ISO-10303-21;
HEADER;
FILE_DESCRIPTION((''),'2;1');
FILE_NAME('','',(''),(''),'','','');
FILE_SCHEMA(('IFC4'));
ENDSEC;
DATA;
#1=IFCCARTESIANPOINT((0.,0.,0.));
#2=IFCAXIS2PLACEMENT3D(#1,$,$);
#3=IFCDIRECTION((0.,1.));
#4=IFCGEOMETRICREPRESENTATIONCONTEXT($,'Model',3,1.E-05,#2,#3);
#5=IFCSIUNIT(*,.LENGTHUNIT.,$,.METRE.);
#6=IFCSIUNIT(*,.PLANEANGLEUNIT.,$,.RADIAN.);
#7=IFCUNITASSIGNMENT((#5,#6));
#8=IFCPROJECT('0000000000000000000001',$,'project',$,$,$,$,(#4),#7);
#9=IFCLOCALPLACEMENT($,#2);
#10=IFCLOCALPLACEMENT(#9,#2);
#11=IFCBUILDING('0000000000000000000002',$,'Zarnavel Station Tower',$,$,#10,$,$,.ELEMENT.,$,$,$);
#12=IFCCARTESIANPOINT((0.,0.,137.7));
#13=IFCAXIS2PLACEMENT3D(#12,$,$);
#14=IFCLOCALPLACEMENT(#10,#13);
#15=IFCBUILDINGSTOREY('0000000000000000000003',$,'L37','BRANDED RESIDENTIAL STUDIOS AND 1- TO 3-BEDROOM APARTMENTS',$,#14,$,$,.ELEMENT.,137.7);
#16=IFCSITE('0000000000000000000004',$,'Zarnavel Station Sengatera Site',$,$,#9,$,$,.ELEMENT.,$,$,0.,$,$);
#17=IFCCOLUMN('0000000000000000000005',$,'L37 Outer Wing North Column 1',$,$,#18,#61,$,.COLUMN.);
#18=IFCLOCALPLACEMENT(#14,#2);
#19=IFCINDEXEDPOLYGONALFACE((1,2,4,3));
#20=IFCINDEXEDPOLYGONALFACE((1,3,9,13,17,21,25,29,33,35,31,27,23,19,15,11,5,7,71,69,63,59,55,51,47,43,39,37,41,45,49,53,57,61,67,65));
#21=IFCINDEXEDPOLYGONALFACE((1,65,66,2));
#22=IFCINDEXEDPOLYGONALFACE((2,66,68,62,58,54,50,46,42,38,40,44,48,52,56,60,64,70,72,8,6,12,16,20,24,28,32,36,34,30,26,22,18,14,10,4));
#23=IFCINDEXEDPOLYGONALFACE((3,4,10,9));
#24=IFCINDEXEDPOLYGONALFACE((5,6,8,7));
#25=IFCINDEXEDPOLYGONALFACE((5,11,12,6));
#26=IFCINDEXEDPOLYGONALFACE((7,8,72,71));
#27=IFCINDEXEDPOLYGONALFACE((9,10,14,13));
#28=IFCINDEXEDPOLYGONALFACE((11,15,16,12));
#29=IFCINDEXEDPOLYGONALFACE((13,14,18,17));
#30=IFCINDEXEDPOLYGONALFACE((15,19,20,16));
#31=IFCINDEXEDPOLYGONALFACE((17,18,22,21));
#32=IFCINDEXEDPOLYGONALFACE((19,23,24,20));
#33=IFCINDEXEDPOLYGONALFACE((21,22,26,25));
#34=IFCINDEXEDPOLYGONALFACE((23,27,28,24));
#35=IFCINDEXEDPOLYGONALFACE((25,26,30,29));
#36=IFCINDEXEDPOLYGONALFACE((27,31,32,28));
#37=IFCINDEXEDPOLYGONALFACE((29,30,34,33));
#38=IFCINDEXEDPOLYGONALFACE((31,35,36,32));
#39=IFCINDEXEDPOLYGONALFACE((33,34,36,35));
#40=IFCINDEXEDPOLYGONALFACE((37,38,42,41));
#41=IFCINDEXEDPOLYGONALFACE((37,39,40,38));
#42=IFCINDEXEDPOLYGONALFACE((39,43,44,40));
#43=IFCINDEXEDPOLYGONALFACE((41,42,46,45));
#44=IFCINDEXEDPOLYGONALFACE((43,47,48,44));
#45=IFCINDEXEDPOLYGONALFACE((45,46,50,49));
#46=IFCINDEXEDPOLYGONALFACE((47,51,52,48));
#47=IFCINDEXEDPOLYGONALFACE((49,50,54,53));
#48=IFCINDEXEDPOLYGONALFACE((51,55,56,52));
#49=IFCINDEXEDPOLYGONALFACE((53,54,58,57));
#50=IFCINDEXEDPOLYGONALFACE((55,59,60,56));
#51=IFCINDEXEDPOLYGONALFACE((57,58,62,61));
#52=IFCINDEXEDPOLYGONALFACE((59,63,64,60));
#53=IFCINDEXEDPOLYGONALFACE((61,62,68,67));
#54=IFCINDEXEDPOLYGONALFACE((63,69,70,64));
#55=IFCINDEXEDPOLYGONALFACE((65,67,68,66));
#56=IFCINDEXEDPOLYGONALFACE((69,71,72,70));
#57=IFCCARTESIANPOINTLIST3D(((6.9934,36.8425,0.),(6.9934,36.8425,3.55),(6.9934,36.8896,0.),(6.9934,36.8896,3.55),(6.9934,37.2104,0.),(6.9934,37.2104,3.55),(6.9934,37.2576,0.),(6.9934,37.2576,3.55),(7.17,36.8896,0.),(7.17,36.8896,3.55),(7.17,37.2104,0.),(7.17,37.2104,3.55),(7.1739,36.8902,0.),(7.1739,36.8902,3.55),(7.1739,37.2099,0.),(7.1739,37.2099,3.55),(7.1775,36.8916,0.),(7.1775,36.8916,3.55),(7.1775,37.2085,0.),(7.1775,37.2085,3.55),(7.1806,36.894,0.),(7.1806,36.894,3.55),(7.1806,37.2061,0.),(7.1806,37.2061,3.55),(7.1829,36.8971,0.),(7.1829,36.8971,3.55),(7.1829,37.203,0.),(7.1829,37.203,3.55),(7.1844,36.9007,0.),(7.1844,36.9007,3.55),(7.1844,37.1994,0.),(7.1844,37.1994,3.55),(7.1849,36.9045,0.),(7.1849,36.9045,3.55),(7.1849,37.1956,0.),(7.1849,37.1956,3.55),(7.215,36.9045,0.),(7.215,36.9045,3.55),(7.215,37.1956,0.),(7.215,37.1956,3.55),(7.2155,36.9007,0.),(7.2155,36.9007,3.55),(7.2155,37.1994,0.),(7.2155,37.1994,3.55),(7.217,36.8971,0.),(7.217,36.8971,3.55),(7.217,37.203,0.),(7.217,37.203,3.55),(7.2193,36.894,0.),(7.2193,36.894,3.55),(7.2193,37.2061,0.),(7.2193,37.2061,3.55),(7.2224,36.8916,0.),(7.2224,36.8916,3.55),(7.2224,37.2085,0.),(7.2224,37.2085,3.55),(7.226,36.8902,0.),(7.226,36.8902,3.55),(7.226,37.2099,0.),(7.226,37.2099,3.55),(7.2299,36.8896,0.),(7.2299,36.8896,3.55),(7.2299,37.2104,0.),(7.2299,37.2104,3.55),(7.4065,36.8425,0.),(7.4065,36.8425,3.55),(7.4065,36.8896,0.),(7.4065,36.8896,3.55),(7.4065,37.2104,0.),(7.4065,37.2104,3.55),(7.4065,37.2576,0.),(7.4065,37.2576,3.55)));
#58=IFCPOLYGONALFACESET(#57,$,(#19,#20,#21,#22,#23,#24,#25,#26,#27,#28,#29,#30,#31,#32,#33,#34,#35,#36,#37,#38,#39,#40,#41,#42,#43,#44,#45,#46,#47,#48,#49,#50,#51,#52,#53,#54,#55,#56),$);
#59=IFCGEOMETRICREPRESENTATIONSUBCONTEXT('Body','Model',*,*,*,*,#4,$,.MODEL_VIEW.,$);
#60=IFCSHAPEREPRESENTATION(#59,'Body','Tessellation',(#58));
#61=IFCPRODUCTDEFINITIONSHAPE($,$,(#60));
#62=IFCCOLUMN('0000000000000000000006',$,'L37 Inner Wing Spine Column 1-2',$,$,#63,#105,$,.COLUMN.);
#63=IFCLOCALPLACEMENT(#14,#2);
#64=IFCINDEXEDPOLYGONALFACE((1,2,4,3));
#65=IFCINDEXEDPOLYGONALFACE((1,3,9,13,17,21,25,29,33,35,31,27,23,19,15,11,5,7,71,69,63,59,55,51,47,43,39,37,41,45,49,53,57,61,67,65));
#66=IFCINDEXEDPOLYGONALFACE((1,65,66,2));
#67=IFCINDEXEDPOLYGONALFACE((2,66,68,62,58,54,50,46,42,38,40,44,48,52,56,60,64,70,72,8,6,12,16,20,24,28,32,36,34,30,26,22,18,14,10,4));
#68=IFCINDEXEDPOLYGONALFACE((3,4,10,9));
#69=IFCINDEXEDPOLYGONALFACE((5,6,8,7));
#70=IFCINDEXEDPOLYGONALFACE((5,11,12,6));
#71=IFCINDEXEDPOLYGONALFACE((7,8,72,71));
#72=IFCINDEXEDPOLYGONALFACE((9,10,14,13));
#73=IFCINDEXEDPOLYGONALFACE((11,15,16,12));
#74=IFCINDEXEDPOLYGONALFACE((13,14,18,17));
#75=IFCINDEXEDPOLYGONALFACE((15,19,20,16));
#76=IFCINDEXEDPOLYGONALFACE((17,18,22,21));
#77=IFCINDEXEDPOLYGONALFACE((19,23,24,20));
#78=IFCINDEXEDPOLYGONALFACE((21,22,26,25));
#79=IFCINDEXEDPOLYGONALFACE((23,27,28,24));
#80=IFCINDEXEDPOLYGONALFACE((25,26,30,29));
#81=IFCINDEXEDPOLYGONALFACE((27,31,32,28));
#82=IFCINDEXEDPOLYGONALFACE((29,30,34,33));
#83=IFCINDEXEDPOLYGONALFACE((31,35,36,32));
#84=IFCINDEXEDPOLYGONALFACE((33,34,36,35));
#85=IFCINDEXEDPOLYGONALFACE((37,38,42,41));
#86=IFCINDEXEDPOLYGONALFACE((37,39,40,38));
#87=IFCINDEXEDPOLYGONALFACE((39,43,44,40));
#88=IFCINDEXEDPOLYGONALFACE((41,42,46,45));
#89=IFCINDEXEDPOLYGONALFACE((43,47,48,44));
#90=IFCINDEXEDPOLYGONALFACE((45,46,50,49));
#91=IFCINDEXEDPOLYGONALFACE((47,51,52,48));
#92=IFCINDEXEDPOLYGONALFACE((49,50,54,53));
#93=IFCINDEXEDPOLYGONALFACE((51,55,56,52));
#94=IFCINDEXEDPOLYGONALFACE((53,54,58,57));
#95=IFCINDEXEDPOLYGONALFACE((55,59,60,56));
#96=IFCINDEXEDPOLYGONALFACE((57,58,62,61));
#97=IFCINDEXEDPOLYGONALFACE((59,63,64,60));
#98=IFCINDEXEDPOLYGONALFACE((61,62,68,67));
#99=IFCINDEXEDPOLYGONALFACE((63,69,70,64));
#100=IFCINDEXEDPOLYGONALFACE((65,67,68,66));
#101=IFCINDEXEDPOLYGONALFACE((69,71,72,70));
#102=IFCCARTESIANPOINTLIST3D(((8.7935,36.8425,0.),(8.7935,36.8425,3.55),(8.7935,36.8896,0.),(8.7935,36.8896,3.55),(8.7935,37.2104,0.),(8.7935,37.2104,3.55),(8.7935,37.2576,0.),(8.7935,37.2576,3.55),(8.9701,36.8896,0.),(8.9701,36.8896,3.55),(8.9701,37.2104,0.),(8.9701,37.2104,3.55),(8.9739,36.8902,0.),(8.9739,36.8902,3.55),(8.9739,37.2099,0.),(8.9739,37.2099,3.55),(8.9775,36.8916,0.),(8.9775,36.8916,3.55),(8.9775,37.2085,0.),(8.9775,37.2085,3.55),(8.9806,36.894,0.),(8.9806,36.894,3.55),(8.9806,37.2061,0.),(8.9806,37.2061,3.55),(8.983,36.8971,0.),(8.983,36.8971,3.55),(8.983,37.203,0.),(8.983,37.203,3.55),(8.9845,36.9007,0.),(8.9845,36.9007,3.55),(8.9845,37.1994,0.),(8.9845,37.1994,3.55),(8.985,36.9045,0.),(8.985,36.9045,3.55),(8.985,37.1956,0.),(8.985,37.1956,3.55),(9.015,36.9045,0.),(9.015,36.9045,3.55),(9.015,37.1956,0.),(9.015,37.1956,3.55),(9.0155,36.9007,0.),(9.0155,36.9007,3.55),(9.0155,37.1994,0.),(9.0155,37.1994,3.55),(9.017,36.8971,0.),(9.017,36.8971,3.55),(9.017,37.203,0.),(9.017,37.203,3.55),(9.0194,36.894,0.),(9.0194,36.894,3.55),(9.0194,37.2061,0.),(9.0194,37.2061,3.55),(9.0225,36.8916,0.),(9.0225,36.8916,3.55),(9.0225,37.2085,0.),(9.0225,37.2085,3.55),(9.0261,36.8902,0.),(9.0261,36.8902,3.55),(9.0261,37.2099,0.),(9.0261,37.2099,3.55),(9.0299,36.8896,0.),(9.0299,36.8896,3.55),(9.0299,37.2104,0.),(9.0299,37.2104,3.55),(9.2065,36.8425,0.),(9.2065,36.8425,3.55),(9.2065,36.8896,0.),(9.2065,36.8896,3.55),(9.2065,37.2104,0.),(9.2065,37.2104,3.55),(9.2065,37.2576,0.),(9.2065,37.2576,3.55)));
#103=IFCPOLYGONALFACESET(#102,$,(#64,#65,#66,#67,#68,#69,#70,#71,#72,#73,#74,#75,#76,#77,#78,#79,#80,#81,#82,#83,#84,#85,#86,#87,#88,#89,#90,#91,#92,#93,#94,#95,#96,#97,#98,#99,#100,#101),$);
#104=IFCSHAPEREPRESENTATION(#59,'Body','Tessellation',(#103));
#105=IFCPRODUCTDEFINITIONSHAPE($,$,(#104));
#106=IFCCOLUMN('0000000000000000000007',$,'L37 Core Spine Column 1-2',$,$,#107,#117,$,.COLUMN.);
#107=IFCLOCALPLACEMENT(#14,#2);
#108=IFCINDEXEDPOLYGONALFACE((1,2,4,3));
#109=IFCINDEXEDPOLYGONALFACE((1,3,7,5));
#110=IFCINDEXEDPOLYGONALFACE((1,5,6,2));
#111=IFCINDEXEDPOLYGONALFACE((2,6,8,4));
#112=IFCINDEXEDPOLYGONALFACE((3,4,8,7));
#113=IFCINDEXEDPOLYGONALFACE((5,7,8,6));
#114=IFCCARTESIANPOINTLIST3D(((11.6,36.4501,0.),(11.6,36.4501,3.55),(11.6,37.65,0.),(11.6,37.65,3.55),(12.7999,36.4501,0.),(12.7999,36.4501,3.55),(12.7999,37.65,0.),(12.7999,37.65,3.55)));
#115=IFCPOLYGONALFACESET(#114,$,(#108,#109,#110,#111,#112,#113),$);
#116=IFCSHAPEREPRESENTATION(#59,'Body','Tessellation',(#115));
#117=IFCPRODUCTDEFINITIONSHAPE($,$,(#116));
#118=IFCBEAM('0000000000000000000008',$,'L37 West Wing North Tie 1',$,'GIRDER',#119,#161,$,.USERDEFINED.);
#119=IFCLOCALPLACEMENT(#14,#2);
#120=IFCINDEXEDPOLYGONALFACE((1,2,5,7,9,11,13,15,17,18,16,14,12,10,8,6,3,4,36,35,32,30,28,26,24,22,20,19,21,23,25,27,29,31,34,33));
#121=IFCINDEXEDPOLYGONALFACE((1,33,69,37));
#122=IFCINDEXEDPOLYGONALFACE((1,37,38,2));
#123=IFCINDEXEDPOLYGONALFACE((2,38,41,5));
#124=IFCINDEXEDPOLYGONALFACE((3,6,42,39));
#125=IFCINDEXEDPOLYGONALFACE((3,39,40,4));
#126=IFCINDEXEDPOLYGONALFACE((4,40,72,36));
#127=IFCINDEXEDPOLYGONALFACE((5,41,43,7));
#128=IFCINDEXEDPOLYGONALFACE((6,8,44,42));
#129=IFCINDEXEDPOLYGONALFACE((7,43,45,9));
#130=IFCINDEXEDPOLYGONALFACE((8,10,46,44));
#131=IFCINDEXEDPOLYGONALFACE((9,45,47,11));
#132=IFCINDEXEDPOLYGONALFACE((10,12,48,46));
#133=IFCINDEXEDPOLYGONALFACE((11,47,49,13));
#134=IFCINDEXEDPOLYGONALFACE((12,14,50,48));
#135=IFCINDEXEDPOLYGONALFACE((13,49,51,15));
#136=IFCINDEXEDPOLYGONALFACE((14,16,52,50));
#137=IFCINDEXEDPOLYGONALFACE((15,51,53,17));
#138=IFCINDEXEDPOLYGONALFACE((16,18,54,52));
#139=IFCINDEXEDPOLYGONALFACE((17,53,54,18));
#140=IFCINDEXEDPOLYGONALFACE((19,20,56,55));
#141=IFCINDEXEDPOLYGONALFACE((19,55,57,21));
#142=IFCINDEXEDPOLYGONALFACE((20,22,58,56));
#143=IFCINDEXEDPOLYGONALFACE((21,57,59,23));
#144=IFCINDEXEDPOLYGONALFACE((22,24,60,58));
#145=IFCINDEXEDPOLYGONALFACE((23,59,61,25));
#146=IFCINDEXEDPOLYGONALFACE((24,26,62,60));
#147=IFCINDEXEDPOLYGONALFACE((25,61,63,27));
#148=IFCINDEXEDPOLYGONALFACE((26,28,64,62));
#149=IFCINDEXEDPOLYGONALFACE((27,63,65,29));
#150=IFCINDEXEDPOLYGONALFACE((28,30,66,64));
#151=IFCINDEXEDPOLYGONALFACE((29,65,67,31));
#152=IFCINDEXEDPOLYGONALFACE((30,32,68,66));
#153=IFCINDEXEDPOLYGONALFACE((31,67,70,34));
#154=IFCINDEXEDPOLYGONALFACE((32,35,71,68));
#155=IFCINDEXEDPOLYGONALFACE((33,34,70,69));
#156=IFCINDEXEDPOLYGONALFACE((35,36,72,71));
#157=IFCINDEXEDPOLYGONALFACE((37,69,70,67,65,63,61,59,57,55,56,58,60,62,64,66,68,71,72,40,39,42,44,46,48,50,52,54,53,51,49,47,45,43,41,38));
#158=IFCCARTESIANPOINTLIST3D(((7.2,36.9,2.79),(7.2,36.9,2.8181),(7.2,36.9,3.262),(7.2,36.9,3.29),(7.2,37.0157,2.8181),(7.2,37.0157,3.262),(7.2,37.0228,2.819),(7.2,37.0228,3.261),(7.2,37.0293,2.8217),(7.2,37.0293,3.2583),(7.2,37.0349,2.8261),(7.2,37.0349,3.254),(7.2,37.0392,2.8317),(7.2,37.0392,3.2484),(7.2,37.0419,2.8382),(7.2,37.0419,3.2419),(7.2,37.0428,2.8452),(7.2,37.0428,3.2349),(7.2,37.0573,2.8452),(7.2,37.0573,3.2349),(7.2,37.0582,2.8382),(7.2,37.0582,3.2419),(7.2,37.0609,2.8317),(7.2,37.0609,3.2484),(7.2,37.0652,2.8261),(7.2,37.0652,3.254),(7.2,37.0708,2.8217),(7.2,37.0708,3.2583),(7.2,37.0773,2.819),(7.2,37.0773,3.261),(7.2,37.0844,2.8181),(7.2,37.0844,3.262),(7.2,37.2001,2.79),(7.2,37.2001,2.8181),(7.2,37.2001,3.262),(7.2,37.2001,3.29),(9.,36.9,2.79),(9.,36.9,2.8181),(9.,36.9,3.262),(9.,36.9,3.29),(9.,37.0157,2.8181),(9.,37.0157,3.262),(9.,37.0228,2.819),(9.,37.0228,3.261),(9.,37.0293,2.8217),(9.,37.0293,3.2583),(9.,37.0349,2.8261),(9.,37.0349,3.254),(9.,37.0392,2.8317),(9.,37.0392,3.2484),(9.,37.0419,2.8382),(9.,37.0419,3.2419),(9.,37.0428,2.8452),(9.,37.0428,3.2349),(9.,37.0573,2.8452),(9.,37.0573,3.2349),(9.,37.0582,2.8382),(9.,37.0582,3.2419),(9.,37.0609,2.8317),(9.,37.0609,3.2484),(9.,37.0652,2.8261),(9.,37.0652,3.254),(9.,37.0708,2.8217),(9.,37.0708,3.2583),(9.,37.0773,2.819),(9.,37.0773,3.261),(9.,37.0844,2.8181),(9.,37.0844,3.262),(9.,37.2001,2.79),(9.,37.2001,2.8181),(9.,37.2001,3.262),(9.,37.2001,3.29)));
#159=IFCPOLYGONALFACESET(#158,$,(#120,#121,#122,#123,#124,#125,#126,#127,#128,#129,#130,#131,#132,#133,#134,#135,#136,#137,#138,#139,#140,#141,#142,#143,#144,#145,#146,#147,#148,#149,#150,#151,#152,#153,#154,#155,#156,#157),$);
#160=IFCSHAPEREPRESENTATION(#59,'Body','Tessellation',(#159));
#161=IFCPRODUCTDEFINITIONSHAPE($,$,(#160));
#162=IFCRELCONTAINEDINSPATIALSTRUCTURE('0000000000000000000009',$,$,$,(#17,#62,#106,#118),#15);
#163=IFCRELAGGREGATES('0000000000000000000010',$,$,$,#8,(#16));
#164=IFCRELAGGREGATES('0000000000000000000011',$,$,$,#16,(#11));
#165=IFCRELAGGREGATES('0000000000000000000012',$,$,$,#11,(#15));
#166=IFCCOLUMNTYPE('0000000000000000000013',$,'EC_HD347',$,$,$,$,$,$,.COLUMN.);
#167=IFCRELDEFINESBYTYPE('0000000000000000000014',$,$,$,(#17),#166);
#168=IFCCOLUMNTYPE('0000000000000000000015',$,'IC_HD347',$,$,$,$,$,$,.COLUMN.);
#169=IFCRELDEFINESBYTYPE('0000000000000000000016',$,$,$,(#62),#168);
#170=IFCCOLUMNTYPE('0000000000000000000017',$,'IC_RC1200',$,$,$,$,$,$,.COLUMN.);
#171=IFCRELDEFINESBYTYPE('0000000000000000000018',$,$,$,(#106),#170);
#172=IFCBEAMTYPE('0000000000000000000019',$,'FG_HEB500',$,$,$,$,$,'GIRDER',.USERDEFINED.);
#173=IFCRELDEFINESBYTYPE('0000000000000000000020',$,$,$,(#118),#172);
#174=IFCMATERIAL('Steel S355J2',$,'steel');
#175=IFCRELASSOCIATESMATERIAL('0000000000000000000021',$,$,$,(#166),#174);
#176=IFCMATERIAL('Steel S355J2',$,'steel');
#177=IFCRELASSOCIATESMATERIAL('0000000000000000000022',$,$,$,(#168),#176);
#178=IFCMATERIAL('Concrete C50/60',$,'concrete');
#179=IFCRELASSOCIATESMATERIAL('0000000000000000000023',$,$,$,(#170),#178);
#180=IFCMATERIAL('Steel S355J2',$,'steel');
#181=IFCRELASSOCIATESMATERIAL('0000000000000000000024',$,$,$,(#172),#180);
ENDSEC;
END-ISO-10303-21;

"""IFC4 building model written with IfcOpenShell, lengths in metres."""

from ifc_helpers import new_model, si_unit, direction, frame, origin, origin_2d, place, context, subcontext, project, spatial, rectangle, i_section, extrude, material, material_profile, profile_set, type_object, element, save


model = new_model("IFC4")

# Units and contexts
model_context = context("Model", 3, precision=1e-05, world=origin(), true_north=direction((0.0, 1.0)))
body_context = subcontext(model_context, "Body", "Model", "MODEL_VIEW")
ifc_project = project(units=[si_unit("LENGTHUNIT", "METRE"), si_unit("PLANEANGLEUNIT", "RADIAN")], contexts=[model_context])

# Site, building, storey
site_placement = place(None, origin())
site = spatial("IfcSite", under=ifc_project, at=site_placement, Name="Zarnavel Station Sengatera Site", CompositionType="ELEMENT", RefElevation=0.0)
building_placement = place(site_placement, origin())
building = spatial("IfcBuilding", under=site, at=building_placement, Name="Zarnavel Station Tower", CompositionType="ELEMENT")
storey_placement = place(building_placement, frame((0.0, 0.0, 137.7)))
storey = spatial("IfcBuildingStorey", under=building, at=storey_placement, Name="L37", Description="BRANDED RESIDENTIAL STUDIOS AND 1- TO 3-BEDROOM APARTMENTS", CompositionType="ELEMENT", Elevation=137.7)

# Columns
ifc_material_1 = material(Name="Steel S355J2", Category="steel")
ifc_material_profile_1 = material_profile(ifc_material_1, i_section(OverallWidth=0.4131, OverallDepth=0.415, WebThickness=0.03, FlangeThickness=0.0471, FilletRadius=0.0149, at=origin_2d()), Name="HD400x347")
ifc_profile_set_1 = profile_set([ifc_material_profile_1], Name="Steel S355J2")
column_type_1 = type_object("IfcColumnType", Name="EC_HD347", PredefinedType="COLUMN", material=ifc_profile_set_1)
column_1_placement = place(storey_placement, frame((7.2, 37.05, 0.0), z_axis=(0.0, 0.0, 1.0), x_axis=(1.0, 0.0, 0.0)))
element("IfcColumn", 1, at=column_1_placement, inside=storey, type_object=column_type_1, Name="L37 Outer Wing North Column 1", PredefinedType="COLUMN", context=body_context, shape_type="SweptSolid", body=[
    extrude(i_section(OverallWidth=0.4131, OverallDepth=0.415, WebThickness=0.03, FlangeThickness=0.0471, FilletRadius=0.0149, at=origin_2d()), origin(), (0.0, 0.0, 1.0), 3.55),
])
ifc_material_2 = material(Name="Steel S355J2", Category="steel")
ifc_material_profile_2 = material_profile(ifc_material_2, i_section(OverallWidth=0.4131, OverallDepth=0.415, WebThickness=0.03, FlangeThickness=0.0471, FilletRadius=0.0149, at=origin_2d()), Name="HD400x347")
ifc_profile_set_2 = profile_set([ifc_material_profile_2], Name="Steel S355J2")
column_type_2 = type_object("IfcColumnType", Name="IC_HD347", PredefinedType="COLUMN", material=ifc_profile_set_2)
column_2_placement = place(storey_placement, frame((9.0, 37.05, 0.0), z_axis=(0.0, 0.0, 1.0), x_axis=(1.0, 0.0, 0.0)))
element("IfcColumn", 2, at=column_2_placement, inside=storey, type_object=column_type_2, Name="L37 Inner Wing Spine Column 1-2", PredefinedType="COLUMN", context=body_context, shape_type="SweptSolid", body=[
    extrude(i_section(OverallWidth=0.4131, OverallDepth=0.415, WebThickness=0.03, FlangeThickness=0.0471, FilletRadius=0.0149, at=origin_2d()), origin(), (0.0, 0.0, 1.0), 3.55),
])
ifc_material_3 = material(Name="Concrete C50/60", Category="concrete")
ifc_material_profile_3 = material_profile(ifc_material_3, rectangle(XDim=1.2, YDim=1.2, at=origin_2d()), Name="RC1200x1200")
ifc_profile_set_3 = profile_set([ifc_material_profile_3], Name="Concrete C50/60")
column_type_3 = type_object("IfcColumnType", Name="IC_RC1200", PredefinedType="COLUMN", material=ifc_profile_set_3)
column_3_placement = place(storey_placement, frame((12.2, 37.05, 0.0), z_axis=(0.0, 0.0, 1.0), x_axis=(1.0, 0.0, 0.0)))
element("IfcColumn", 3, at=column_3_placement, inside=storey, type_object=column_type_3, Name="L37 Core Spine Column 1-2", PredefinedType="COLUMN", context=body_context, shape_type="SweptSolid", body=[
    extrude(rectangle(XDim=1.2, YDim=1.2, at=origin_2d()), origin(), (0.0, 0.0, 1.0), 3.55),
])

# Beam
ifc_material_4 = material(Name="Steel S355J2", Category="steel")
ifc_material_profile_4 = material_profile(ifc_material_4, i_section(OverallWidth=0.3, OverallDepth=0.5, WebThickness=0.0144, FlangeThickness=0.0281, FilletRadius=0.0271, at=origin_2d()), Name="HEB500")
ifc_profile_set_4 = profile_set([ifc_material_profile_4], Name="Steel S355J2")
beam_type = type_object("IfcBeamType", Name="FG_HEB500", ElementType="GIRDER", PredefinedType="USERDEFINED", material=ifc_profile_set_4)
beam_1_placement = place(storey_placement, frame((7.2, 37.05, 3.04), z_axis=(1.0, 0.0, 0.0), x_axis=(0.0, 1.0, 0.0)))
element("IfcBeam", 4, at=beam_1_placement, inside=storey, type_object=beam_type, Name="L37 West Wing North Tie 1", ObjectType="GIRDER", PredefinedType="USERDEFINED", context=body_context, shape_type="SweptSolid", body=[
    extrude(i_section(OverallWidth=0.3, OverallDepth=0.5, WebThickness=0.0144, FlangeThickness=0.0281, FilletRadius=0.0271, at=origin_2d()), origin(), (0.0, 0.0, 1.0), 1.8),
])

save(model, "model.ifc")
